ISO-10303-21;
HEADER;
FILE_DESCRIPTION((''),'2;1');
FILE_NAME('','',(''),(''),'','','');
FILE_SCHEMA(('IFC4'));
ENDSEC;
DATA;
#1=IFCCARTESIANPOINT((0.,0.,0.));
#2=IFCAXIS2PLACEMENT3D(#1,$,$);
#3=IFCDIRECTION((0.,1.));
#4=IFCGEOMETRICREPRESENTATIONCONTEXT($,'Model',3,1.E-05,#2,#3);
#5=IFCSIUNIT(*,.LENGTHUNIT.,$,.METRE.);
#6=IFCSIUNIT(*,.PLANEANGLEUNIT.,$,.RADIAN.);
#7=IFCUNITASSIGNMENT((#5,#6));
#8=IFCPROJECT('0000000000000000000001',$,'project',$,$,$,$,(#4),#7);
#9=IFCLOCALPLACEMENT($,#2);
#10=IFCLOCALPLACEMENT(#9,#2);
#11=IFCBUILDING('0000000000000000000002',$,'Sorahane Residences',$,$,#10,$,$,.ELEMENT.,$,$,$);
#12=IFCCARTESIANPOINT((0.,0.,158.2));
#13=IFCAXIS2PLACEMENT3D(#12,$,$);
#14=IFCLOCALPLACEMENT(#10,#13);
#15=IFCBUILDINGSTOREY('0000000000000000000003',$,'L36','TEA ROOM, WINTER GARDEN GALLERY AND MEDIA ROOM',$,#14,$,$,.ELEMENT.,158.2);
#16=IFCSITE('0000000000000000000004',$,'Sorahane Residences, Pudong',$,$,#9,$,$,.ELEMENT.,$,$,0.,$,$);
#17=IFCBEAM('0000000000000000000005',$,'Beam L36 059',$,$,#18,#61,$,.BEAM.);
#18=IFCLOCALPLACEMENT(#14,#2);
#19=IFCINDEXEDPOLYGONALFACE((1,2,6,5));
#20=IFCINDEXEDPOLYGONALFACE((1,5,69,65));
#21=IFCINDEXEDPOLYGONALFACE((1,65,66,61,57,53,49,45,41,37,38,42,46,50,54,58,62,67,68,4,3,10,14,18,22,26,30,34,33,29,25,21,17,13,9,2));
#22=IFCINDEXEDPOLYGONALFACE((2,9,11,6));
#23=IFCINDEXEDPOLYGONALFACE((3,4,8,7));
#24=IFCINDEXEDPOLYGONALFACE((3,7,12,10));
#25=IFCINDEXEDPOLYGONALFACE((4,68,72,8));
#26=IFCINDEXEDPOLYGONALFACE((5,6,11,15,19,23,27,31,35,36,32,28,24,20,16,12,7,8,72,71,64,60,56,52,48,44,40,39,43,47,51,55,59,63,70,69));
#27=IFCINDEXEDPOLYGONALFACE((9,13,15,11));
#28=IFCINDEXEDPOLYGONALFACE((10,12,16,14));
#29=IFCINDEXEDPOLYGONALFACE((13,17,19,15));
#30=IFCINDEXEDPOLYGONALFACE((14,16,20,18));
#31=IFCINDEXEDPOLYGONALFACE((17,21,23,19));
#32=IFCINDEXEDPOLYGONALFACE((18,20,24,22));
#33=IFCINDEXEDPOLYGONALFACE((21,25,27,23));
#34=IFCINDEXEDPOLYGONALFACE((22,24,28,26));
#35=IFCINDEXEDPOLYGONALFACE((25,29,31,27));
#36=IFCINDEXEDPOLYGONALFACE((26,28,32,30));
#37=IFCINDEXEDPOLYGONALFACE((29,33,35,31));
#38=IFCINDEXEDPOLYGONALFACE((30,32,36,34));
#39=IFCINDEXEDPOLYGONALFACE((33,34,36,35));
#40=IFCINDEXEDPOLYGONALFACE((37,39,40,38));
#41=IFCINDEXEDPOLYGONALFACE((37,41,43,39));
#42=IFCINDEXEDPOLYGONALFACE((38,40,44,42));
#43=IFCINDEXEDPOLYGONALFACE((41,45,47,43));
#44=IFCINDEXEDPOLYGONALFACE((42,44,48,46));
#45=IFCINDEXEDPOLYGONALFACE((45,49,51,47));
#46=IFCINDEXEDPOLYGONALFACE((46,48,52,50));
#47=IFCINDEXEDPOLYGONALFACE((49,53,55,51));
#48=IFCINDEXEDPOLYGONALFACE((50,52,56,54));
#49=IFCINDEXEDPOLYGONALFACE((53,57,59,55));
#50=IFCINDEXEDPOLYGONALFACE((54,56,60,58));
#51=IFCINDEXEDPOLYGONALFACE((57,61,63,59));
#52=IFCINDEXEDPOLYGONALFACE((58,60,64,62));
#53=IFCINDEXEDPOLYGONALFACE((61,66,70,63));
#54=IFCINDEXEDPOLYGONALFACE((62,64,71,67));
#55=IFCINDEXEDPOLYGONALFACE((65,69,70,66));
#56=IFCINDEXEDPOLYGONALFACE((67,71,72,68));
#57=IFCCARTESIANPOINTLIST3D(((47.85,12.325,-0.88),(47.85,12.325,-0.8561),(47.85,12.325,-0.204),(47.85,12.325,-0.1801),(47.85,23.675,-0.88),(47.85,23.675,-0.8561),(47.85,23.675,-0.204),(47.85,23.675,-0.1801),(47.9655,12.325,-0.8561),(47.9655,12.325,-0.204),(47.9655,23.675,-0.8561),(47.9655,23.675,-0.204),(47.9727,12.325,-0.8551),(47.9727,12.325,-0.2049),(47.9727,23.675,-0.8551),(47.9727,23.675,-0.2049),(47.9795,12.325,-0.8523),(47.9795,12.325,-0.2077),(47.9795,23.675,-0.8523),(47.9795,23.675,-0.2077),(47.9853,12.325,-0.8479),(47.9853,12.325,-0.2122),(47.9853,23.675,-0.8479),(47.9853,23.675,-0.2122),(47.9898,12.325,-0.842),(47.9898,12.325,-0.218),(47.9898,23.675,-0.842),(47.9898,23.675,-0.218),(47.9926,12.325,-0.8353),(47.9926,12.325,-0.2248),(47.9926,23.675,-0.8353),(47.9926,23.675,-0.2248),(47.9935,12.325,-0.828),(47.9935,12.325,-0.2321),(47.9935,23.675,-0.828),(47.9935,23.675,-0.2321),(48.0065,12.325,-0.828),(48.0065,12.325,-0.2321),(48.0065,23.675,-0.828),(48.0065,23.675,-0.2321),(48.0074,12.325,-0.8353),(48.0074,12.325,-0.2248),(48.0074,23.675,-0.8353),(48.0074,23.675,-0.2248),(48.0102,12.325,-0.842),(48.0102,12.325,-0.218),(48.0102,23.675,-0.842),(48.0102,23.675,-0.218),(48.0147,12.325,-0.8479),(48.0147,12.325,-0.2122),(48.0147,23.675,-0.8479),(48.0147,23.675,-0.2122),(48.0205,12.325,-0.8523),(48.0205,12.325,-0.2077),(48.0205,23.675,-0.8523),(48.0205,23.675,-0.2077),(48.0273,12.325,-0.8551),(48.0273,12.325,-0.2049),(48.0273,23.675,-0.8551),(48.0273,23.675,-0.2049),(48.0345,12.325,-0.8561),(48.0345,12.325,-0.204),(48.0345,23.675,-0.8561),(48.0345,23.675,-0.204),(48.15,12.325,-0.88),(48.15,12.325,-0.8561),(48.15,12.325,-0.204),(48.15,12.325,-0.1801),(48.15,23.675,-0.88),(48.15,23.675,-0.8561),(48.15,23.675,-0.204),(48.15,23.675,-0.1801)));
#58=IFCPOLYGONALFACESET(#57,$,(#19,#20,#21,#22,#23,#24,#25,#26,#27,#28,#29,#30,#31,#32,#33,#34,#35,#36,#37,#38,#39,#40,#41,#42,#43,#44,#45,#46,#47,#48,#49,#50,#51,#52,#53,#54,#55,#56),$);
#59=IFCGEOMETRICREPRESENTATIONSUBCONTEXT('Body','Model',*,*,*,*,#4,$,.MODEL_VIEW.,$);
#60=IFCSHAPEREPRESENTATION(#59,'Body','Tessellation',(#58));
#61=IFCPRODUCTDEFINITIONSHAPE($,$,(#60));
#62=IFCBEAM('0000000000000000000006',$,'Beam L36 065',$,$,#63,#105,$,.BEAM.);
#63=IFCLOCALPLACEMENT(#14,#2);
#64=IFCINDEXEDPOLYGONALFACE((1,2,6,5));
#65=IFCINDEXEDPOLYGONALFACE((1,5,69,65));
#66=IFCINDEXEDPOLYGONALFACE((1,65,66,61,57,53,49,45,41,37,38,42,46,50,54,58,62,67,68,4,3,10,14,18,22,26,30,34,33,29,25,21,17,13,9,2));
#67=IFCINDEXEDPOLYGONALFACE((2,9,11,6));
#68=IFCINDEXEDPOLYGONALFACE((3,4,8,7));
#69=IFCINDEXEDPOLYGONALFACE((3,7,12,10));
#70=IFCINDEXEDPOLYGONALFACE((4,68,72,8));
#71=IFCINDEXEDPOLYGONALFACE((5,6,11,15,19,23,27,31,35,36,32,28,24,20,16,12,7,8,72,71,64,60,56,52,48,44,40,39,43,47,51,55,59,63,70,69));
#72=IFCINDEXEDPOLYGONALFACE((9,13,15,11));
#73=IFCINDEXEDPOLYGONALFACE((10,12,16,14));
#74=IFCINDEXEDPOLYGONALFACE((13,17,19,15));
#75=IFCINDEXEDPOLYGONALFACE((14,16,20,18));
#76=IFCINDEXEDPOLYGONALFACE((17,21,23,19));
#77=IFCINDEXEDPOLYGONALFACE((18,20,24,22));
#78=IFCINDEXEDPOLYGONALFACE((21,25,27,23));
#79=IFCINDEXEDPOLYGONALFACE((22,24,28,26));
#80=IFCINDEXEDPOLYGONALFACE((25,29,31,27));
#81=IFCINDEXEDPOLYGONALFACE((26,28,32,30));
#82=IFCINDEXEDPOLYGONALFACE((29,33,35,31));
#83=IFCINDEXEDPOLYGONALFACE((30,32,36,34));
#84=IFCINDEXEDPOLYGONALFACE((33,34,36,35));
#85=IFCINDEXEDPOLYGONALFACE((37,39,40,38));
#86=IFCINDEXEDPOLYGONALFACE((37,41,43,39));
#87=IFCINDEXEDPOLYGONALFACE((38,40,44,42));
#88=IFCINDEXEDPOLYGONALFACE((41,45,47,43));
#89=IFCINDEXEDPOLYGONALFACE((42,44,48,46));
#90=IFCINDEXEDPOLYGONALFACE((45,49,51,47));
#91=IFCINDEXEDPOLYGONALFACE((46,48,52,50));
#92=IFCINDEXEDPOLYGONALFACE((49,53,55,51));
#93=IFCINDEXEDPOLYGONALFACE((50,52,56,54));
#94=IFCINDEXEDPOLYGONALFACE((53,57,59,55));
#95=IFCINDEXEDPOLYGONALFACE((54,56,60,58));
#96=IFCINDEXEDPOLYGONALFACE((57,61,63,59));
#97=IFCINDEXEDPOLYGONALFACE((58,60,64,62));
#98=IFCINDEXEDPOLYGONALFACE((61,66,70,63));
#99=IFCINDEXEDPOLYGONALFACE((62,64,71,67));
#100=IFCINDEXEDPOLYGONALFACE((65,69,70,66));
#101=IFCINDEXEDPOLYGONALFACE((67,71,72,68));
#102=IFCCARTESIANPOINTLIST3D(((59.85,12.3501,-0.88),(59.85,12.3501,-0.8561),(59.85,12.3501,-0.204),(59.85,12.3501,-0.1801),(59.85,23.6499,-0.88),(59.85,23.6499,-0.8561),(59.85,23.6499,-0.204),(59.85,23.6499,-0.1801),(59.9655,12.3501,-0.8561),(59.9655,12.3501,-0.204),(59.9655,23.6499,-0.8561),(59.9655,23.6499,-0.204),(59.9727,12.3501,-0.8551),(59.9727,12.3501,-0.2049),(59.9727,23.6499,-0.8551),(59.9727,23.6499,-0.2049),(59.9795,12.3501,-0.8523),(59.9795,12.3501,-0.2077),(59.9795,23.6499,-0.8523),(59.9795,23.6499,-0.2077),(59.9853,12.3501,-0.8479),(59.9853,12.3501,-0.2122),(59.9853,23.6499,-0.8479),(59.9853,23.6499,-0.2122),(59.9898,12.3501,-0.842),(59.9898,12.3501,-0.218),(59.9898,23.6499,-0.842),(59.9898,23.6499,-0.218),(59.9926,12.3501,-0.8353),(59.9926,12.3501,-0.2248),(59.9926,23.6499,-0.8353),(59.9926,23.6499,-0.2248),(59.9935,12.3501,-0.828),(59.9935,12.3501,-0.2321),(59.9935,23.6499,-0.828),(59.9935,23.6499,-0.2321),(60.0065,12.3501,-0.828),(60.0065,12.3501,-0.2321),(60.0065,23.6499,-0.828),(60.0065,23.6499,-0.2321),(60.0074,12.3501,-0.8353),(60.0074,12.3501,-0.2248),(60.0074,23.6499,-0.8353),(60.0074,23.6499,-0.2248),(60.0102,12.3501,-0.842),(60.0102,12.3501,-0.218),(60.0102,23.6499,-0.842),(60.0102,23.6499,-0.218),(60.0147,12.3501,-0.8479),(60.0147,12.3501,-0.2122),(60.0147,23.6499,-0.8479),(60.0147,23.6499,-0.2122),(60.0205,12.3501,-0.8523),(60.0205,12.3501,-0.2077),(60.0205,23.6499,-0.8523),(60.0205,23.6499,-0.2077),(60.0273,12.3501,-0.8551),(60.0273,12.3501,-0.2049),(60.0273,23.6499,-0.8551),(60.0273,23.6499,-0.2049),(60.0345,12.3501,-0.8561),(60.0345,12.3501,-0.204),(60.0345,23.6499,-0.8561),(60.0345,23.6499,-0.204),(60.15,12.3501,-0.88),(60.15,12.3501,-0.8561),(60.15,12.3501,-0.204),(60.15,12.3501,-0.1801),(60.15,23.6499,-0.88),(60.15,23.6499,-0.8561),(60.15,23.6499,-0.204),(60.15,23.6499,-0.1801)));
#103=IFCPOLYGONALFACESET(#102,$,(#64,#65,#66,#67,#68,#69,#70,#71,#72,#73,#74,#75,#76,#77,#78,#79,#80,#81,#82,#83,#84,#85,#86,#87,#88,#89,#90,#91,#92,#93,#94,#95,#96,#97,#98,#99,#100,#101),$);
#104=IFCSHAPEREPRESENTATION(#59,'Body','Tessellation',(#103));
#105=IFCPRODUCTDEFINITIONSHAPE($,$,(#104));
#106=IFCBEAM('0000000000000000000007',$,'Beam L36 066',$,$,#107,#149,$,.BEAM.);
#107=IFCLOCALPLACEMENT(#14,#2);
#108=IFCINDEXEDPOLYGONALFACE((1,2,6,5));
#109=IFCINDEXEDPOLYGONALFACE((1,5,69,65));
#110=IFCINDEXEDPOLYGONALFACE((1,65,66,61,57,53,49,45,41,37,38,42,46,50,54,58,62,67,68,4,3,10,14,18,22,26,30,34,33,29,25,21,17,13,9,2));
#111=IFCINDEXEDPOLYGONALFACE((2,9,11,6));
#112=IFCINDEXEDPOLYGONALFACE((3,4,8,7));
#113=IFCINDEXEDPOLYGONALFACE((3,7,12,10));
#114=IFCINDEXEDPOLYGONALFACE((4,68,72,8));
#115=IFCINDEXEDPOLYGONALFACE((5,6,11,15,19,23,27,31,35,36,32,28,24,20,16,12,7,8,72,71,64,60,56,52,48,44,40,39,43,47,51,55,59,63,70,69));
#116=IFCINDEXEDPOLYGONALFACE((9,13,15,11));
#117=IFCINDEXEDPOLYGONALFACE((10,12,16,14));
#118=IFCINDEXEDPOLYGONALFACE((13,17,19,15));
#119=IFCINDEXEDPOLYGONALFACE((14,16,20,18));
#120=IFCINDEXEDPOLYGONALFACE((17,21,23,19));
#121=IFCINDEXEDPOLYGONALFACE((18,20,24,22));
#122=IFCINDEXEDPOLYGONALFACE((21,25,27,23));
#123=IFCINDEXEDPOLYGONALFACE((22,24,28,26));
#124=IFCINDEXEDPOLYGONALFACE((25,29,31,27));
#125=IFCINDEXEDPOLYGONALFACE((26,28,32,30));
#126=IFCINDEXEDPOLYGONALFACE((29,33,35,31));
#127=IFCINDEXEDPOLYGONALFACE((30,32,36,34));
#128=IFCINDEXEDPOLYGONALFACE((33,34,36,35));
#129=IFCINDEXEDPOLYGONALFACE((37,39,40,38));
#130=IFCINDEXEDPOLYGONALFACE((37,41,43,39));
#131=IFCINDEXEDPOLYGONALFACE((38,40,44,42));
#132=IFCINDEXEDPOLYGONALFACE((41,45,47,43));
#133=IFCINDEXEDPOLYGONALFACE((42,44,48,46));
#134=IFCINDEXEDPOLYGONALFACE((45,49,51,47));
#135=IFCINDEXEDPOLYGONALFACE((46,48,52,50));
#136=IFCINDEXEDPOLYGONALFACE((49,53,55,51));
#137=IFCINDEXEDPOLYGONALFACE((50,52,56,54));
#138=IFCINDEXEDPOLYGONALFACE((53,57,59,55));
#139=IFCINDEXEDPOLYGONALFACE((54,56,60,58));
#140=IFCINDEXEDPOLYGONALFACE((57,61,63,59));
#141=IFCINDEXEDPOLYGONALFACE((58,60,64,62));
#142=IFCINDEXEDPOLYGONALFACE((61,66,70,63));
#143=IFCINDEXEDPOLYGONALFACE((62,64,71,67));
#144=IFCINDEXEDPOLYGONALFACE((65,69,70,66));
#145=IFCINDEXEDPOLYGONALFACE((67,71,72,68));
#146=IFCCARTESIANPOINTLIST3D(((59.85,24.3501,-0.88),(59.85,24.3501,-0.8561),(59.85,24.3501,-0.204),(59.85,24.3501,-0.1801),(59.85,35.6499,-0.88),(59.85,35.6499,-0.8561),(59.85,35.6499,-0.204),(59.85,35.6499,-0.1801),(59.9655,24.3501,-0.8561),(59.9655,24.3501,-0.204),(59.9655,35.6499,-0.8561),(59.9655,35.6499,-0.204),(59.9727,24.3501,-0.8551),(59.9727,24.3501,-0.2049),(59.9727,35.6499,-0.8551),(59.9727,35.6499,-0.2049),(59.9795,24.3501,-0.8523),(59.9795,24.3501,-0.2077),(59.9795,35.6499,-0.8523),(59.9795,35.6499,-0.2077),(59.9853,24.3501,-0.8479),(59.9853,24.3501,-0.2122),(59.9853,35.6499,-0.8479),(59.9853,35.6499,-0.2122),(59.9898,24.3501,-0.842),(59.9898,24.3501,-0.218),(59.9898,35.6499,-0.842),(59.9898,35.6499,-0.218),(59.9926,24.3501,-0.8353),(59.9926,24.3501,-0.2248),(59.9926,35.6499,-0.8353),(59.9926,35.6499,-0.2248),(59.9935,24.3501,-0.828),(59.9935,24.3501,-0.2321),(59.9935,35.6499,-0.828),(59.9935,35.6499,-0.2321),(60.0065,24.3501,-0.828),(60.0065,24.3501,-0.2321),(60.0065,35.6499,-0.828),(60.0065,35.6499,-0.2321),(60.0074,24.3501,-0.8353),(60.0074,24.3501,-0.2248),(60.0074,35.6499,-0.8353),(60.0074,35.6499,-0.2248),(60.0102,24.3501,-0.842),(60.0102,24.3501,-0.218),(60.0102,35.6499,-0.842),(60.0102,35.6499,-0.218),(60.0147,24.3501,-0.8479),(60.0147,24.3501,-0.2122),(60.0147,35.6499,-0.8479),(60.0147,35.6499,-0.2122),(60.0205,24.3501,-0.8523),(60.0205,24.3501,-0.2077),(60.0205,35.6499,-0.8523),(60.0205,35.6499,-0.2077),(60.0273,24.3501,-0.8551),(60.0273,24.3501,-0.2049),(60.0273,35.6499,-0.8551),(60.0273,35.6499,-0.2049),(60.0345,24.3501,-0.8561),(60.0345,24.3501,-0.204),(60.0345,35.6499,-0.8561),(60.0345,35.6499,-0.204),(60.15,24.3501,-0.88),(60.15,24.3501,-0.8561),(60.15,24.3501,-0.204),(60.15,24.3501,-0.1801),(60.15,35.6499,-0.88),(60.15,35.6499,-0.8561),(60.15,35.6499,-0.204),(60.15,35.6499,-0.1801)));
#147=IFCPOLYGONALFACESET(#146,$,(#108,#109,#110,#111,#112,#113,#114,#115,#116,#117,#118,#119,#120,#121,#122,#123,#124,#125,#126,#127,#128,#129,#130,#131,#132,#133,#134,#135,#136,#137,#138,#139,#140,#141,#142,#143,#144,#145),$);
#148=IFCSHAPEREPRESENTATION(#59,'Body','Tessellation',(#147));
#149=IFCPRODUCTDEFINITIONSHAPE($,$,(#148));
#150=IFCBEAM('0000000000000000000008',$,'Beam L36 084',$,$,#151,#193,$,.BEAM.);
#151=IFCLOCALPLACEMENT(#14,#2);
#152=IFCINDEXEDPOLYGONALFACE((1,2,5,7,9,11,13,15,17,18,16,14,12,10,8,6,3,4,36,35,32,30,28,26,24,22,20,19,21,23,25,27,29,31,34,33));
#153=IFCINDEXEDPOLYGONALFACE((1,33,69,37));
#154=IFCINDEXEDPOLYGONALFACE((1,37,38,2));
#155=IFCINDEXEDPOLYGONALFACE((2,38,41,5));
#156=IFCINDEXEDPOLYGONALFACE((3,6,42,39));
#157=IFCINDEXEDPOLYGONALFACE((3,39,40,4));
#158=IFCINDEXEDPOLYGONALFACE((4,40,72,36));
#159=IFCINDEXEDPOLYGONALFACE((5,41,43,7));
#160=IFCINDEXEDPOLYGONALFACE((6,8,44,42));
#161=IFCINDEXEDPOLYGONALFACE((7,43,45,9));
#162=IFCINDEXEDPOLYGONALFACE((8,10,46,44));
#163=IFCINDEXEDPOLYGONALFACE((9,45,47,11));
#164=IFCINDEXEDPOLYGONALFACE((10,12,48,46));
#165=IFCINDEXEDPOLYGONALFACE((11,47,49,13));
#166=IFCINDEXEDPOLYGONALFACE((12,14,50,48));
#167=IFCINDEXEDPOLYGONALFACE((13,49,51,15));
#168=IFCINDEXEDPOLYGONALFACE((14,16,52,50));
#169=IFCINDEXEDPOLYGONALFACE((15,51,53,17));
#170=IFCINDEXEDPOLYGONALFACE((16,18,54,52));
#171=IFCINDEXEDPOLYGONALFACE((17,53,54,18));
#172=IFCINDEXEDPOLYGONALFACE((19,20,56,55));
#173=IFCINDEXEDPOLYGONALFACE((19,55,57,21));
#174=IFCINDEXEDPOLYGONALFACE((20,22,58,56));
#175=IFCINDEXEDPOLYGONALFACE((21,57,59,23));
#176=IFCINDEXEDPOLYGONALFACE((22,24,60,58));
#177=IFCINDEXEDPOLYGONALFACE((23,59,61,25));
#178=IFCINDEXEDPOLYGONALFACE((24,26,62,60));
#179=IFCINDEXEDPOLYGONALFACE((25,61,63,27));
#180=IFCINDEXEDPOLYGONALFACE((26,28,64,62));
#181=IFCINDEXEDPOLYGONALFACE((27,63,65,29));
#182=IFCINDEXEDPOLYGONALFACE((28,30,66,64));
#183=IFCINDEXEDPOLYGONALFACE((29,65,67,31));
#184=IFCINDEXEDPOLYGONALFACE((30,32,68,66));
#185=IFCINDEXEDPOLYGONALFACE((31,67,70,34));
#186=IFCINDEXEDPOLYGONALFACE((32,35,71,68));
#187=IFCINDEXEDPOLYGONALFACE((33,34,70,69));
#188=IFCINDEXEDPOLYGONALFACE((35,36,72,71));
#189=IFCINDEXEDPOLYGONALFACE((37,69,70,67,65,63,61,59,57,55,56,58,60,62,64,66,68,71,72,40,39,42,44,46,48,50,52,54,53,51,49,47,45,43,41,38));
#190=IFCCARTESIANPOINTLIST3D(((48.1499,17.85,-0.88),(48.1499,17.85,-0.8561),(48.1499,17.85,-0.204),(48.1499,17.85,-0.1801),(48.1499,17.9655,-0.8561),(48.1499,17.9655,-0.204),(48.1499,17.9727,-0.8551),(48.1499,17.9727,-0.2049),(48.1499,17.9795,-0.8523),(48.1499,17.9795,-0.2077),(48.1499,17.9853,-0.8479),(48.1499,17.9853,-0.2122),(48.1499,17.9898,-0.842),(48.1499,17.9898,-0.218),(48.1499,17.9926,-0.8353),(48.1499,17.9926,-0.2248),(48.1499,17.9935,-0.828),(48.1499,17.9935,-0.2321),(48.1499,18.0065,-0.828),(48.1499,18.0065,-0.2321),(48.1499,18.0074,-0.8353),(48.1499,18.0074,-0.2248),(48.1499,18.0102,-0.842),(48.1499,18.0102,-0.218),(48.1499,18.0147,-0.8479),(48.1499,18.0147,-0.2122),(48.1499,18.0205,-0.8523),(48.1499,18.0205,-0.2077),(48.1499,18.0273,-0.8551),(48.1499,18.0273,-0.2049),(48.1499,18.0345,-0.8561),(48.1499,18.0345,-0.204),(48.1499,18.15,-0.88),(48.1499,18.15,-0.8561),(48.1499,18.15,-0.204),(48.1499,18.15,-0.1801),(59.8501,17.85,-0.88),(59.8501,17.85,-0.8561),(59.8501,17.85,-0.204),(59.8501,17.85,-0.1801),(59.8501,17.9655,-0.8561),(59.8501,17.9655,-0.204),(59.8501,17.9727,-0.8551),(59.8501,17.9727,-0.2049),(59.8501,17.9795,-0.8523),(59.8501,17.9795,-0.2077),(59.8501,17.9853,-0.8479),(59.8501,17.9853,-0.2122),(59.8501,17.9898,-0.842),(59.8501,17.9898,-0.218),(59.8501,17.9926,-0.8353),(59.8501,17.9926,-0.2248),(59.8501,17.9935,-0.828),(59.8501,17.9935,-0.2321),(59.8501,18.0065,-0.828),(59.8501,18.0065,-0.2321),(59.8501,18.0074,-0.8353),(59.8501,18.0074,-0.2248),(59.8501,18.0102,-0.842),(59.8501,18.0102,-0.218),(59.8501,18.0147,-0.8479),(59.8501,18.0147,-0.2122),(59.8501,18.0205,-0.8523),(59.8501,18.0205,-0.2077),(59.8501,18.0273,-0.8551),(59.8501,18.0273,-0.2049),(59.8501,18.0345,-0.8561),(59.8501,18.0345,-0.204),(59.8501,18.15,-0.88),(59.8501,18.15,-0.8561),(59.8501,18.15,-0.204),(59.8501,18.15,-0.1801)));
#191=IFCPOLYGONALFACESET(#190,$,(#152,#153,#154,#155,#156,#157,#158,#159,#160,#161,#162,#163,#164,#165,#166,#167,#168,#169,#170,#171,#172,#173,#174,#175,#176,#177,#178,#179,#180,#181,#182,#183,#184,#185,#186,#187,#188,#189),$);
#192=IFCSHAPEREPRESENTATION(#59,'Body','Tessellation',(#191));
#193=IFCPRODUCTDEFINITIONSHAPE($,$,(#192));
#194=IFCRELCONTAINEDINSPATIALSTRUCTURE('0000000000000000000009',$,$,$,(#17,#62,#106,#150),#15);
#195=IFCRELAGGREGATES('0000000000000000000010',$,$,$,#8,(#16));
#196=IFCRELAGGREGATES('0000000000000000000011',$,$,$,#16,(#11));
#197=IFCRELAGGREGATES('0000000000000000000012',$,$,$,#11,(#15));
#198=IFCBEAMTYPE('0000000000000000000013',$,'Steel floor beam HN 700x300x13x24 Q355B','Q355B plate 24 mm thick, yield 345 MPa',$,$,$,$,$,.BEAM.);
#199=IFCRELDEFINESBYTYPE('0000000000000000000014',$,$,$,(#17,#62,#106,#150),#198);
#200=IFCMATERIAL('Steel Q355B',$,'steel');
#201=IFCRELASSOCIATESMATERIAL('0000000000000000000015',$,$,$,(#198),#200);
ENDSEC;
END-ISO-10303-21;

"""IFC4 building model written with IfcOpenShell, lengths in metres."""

from ifc_helpers import new_model, si_unit, direction, frame, origin, origin_2d, place, context, subcontext, project, spatial, i_section, extrude, material, material_profile, profile_set, type_object, element, save


model = new_model("IFC4")

# Units and contexts
model_context = context("Model", 3, precision=1e-05, world=origin(), true_north=direction((0.0, 1.0)))
body_context = subcontext(model_context, "Body", "Model", "MODEL_VIEW")
ifc_project = project(units=[si_unit("LENGTHUNIT", "METRE"), si_unit("PLANEANGLEUNIT", "RADIAN")], contexts=[model_context])

# Site, building, storey
site_placement = place(None, origin())
site = spatial("IfcSite", under=ifc_project, at=site_placement, Name="Sorahane Residences, Pudong", CompositionType="ELEMENT", RefElevation=0.0)
building_placement = place(site_placement, origin())
building = spatial("IfcBuilding", under=site, at=building_placement, Name="Sorahane Residences", CompositionType="ELEMENT")
storey_placement = place(building_placement, frame((0.0, 0.0, 158.2)))
storey = spatial("IfcBuildingStorey", under=building, at=storey_placement, Name="L36", Description="TEA ROOM, WINTER GARDEN GALLERY AND MEDIA ROOM", CompositionType="ELEMENT", Elevation=158.2)

# Beams
ifc_material_1 = material(Name="Steel Q355B", Category="steel")
ifc_material_profile_1 = material_profile(ifc_material_1, i_section(OverallWidth=0.3, OverallDepth=0.7, WebThickness=0.0129, FlangeThickness=0.0239, FilletRadius=0.0281, at=origin_2d()), Name="HN 700x300x13x24")
ifc_profile_set_1 = profile_set([ifc_material_profile_1], Name="Steel Q355B")
beam_type_1 = type_object("IfcBeamType", Name="Steel floor beam HN 700x300x13x24 Q355B", Description="Q355B plate 24 mm thick, yield 345 MPa", PredefinedType="BEAM", material=ifc_profile_set_1)
beam_1_placement = place(storey_placement, frame((48.0, 12.325, -0.53), z_axis=(0.0, 1.0, 0.0), x_axis=(-1.0, 0.0, 0.0)))
element("IfcBeam", 1, at=beam_1_placement, inside=storey, type_object=beam_type_1, Name="Beam L36 059", PredefinedType="BEAM", context=body_context, shape_type="SweptSolid", body=[
    extrude(i_section(OverallWidth=0.3, OverallDepth=0.7, WebThickness=0.0129, FlangeThickness=0.0239, FilletRadius=0.0281, at=origin_2d()), origin(), (0.0, 0.0, 1.0), 11.3501),
])
for number, where, z_axis, x_axis, name in (
    (2, (60.0, 12.3501, -0.53), (0.0, 1.0, 0.0), (-1.0, 0.0, 0.0), "Beam L36 065"),
    (3, (60.0, 24.3501, -0.53), (0.0, 1.0, 0.0), (-1.0, 0.0, 0.0), "Beam L36 066"),
):
    element("IfcBeam", number, at=place(storey_placement, frame(where, z_axis=z_axis, x_axis=x_axis)), inside=storey, type_object=beam_type_1, Name=name, PredefinedType="BEAM", context=body_context, shape_type="SweptSolid", body=[
        extrude(i_section(OverallWidth=0.3, OverallDepth=0.7, WebThickness=0.0129, FlangeThickness=0.0239, FilletRadius=0.0281, at=origin_2d()), origin(), (0.0, 0.0, 1.0), 11.2998),
    ])
beam_2_placement = place(storey_placement, frame((48.1499, 18.0, -0.53), z_axis=(1.0, 0.0, 0.0), x_axis=(0.0, 1.0, 0.0)))
element("IfcBeam", 4, at=beam_2_placement, inside=storey, type_object=beam_type_1, Name="Beam L36 084", PredefinedType="BEAM", context=body_context, shape_type="SweptSolid", body=[
    extrude(i_section(OverallWidth=0.3, OverallDepth=0.7, WebThickness=0.0129, FlangeThickness=0.0239, FilletRadius=0.0281, at=origin_2d()), origin(), (0.0, 0.0, 1.0), 11.7002),
])

save(model, "model.ifc")
